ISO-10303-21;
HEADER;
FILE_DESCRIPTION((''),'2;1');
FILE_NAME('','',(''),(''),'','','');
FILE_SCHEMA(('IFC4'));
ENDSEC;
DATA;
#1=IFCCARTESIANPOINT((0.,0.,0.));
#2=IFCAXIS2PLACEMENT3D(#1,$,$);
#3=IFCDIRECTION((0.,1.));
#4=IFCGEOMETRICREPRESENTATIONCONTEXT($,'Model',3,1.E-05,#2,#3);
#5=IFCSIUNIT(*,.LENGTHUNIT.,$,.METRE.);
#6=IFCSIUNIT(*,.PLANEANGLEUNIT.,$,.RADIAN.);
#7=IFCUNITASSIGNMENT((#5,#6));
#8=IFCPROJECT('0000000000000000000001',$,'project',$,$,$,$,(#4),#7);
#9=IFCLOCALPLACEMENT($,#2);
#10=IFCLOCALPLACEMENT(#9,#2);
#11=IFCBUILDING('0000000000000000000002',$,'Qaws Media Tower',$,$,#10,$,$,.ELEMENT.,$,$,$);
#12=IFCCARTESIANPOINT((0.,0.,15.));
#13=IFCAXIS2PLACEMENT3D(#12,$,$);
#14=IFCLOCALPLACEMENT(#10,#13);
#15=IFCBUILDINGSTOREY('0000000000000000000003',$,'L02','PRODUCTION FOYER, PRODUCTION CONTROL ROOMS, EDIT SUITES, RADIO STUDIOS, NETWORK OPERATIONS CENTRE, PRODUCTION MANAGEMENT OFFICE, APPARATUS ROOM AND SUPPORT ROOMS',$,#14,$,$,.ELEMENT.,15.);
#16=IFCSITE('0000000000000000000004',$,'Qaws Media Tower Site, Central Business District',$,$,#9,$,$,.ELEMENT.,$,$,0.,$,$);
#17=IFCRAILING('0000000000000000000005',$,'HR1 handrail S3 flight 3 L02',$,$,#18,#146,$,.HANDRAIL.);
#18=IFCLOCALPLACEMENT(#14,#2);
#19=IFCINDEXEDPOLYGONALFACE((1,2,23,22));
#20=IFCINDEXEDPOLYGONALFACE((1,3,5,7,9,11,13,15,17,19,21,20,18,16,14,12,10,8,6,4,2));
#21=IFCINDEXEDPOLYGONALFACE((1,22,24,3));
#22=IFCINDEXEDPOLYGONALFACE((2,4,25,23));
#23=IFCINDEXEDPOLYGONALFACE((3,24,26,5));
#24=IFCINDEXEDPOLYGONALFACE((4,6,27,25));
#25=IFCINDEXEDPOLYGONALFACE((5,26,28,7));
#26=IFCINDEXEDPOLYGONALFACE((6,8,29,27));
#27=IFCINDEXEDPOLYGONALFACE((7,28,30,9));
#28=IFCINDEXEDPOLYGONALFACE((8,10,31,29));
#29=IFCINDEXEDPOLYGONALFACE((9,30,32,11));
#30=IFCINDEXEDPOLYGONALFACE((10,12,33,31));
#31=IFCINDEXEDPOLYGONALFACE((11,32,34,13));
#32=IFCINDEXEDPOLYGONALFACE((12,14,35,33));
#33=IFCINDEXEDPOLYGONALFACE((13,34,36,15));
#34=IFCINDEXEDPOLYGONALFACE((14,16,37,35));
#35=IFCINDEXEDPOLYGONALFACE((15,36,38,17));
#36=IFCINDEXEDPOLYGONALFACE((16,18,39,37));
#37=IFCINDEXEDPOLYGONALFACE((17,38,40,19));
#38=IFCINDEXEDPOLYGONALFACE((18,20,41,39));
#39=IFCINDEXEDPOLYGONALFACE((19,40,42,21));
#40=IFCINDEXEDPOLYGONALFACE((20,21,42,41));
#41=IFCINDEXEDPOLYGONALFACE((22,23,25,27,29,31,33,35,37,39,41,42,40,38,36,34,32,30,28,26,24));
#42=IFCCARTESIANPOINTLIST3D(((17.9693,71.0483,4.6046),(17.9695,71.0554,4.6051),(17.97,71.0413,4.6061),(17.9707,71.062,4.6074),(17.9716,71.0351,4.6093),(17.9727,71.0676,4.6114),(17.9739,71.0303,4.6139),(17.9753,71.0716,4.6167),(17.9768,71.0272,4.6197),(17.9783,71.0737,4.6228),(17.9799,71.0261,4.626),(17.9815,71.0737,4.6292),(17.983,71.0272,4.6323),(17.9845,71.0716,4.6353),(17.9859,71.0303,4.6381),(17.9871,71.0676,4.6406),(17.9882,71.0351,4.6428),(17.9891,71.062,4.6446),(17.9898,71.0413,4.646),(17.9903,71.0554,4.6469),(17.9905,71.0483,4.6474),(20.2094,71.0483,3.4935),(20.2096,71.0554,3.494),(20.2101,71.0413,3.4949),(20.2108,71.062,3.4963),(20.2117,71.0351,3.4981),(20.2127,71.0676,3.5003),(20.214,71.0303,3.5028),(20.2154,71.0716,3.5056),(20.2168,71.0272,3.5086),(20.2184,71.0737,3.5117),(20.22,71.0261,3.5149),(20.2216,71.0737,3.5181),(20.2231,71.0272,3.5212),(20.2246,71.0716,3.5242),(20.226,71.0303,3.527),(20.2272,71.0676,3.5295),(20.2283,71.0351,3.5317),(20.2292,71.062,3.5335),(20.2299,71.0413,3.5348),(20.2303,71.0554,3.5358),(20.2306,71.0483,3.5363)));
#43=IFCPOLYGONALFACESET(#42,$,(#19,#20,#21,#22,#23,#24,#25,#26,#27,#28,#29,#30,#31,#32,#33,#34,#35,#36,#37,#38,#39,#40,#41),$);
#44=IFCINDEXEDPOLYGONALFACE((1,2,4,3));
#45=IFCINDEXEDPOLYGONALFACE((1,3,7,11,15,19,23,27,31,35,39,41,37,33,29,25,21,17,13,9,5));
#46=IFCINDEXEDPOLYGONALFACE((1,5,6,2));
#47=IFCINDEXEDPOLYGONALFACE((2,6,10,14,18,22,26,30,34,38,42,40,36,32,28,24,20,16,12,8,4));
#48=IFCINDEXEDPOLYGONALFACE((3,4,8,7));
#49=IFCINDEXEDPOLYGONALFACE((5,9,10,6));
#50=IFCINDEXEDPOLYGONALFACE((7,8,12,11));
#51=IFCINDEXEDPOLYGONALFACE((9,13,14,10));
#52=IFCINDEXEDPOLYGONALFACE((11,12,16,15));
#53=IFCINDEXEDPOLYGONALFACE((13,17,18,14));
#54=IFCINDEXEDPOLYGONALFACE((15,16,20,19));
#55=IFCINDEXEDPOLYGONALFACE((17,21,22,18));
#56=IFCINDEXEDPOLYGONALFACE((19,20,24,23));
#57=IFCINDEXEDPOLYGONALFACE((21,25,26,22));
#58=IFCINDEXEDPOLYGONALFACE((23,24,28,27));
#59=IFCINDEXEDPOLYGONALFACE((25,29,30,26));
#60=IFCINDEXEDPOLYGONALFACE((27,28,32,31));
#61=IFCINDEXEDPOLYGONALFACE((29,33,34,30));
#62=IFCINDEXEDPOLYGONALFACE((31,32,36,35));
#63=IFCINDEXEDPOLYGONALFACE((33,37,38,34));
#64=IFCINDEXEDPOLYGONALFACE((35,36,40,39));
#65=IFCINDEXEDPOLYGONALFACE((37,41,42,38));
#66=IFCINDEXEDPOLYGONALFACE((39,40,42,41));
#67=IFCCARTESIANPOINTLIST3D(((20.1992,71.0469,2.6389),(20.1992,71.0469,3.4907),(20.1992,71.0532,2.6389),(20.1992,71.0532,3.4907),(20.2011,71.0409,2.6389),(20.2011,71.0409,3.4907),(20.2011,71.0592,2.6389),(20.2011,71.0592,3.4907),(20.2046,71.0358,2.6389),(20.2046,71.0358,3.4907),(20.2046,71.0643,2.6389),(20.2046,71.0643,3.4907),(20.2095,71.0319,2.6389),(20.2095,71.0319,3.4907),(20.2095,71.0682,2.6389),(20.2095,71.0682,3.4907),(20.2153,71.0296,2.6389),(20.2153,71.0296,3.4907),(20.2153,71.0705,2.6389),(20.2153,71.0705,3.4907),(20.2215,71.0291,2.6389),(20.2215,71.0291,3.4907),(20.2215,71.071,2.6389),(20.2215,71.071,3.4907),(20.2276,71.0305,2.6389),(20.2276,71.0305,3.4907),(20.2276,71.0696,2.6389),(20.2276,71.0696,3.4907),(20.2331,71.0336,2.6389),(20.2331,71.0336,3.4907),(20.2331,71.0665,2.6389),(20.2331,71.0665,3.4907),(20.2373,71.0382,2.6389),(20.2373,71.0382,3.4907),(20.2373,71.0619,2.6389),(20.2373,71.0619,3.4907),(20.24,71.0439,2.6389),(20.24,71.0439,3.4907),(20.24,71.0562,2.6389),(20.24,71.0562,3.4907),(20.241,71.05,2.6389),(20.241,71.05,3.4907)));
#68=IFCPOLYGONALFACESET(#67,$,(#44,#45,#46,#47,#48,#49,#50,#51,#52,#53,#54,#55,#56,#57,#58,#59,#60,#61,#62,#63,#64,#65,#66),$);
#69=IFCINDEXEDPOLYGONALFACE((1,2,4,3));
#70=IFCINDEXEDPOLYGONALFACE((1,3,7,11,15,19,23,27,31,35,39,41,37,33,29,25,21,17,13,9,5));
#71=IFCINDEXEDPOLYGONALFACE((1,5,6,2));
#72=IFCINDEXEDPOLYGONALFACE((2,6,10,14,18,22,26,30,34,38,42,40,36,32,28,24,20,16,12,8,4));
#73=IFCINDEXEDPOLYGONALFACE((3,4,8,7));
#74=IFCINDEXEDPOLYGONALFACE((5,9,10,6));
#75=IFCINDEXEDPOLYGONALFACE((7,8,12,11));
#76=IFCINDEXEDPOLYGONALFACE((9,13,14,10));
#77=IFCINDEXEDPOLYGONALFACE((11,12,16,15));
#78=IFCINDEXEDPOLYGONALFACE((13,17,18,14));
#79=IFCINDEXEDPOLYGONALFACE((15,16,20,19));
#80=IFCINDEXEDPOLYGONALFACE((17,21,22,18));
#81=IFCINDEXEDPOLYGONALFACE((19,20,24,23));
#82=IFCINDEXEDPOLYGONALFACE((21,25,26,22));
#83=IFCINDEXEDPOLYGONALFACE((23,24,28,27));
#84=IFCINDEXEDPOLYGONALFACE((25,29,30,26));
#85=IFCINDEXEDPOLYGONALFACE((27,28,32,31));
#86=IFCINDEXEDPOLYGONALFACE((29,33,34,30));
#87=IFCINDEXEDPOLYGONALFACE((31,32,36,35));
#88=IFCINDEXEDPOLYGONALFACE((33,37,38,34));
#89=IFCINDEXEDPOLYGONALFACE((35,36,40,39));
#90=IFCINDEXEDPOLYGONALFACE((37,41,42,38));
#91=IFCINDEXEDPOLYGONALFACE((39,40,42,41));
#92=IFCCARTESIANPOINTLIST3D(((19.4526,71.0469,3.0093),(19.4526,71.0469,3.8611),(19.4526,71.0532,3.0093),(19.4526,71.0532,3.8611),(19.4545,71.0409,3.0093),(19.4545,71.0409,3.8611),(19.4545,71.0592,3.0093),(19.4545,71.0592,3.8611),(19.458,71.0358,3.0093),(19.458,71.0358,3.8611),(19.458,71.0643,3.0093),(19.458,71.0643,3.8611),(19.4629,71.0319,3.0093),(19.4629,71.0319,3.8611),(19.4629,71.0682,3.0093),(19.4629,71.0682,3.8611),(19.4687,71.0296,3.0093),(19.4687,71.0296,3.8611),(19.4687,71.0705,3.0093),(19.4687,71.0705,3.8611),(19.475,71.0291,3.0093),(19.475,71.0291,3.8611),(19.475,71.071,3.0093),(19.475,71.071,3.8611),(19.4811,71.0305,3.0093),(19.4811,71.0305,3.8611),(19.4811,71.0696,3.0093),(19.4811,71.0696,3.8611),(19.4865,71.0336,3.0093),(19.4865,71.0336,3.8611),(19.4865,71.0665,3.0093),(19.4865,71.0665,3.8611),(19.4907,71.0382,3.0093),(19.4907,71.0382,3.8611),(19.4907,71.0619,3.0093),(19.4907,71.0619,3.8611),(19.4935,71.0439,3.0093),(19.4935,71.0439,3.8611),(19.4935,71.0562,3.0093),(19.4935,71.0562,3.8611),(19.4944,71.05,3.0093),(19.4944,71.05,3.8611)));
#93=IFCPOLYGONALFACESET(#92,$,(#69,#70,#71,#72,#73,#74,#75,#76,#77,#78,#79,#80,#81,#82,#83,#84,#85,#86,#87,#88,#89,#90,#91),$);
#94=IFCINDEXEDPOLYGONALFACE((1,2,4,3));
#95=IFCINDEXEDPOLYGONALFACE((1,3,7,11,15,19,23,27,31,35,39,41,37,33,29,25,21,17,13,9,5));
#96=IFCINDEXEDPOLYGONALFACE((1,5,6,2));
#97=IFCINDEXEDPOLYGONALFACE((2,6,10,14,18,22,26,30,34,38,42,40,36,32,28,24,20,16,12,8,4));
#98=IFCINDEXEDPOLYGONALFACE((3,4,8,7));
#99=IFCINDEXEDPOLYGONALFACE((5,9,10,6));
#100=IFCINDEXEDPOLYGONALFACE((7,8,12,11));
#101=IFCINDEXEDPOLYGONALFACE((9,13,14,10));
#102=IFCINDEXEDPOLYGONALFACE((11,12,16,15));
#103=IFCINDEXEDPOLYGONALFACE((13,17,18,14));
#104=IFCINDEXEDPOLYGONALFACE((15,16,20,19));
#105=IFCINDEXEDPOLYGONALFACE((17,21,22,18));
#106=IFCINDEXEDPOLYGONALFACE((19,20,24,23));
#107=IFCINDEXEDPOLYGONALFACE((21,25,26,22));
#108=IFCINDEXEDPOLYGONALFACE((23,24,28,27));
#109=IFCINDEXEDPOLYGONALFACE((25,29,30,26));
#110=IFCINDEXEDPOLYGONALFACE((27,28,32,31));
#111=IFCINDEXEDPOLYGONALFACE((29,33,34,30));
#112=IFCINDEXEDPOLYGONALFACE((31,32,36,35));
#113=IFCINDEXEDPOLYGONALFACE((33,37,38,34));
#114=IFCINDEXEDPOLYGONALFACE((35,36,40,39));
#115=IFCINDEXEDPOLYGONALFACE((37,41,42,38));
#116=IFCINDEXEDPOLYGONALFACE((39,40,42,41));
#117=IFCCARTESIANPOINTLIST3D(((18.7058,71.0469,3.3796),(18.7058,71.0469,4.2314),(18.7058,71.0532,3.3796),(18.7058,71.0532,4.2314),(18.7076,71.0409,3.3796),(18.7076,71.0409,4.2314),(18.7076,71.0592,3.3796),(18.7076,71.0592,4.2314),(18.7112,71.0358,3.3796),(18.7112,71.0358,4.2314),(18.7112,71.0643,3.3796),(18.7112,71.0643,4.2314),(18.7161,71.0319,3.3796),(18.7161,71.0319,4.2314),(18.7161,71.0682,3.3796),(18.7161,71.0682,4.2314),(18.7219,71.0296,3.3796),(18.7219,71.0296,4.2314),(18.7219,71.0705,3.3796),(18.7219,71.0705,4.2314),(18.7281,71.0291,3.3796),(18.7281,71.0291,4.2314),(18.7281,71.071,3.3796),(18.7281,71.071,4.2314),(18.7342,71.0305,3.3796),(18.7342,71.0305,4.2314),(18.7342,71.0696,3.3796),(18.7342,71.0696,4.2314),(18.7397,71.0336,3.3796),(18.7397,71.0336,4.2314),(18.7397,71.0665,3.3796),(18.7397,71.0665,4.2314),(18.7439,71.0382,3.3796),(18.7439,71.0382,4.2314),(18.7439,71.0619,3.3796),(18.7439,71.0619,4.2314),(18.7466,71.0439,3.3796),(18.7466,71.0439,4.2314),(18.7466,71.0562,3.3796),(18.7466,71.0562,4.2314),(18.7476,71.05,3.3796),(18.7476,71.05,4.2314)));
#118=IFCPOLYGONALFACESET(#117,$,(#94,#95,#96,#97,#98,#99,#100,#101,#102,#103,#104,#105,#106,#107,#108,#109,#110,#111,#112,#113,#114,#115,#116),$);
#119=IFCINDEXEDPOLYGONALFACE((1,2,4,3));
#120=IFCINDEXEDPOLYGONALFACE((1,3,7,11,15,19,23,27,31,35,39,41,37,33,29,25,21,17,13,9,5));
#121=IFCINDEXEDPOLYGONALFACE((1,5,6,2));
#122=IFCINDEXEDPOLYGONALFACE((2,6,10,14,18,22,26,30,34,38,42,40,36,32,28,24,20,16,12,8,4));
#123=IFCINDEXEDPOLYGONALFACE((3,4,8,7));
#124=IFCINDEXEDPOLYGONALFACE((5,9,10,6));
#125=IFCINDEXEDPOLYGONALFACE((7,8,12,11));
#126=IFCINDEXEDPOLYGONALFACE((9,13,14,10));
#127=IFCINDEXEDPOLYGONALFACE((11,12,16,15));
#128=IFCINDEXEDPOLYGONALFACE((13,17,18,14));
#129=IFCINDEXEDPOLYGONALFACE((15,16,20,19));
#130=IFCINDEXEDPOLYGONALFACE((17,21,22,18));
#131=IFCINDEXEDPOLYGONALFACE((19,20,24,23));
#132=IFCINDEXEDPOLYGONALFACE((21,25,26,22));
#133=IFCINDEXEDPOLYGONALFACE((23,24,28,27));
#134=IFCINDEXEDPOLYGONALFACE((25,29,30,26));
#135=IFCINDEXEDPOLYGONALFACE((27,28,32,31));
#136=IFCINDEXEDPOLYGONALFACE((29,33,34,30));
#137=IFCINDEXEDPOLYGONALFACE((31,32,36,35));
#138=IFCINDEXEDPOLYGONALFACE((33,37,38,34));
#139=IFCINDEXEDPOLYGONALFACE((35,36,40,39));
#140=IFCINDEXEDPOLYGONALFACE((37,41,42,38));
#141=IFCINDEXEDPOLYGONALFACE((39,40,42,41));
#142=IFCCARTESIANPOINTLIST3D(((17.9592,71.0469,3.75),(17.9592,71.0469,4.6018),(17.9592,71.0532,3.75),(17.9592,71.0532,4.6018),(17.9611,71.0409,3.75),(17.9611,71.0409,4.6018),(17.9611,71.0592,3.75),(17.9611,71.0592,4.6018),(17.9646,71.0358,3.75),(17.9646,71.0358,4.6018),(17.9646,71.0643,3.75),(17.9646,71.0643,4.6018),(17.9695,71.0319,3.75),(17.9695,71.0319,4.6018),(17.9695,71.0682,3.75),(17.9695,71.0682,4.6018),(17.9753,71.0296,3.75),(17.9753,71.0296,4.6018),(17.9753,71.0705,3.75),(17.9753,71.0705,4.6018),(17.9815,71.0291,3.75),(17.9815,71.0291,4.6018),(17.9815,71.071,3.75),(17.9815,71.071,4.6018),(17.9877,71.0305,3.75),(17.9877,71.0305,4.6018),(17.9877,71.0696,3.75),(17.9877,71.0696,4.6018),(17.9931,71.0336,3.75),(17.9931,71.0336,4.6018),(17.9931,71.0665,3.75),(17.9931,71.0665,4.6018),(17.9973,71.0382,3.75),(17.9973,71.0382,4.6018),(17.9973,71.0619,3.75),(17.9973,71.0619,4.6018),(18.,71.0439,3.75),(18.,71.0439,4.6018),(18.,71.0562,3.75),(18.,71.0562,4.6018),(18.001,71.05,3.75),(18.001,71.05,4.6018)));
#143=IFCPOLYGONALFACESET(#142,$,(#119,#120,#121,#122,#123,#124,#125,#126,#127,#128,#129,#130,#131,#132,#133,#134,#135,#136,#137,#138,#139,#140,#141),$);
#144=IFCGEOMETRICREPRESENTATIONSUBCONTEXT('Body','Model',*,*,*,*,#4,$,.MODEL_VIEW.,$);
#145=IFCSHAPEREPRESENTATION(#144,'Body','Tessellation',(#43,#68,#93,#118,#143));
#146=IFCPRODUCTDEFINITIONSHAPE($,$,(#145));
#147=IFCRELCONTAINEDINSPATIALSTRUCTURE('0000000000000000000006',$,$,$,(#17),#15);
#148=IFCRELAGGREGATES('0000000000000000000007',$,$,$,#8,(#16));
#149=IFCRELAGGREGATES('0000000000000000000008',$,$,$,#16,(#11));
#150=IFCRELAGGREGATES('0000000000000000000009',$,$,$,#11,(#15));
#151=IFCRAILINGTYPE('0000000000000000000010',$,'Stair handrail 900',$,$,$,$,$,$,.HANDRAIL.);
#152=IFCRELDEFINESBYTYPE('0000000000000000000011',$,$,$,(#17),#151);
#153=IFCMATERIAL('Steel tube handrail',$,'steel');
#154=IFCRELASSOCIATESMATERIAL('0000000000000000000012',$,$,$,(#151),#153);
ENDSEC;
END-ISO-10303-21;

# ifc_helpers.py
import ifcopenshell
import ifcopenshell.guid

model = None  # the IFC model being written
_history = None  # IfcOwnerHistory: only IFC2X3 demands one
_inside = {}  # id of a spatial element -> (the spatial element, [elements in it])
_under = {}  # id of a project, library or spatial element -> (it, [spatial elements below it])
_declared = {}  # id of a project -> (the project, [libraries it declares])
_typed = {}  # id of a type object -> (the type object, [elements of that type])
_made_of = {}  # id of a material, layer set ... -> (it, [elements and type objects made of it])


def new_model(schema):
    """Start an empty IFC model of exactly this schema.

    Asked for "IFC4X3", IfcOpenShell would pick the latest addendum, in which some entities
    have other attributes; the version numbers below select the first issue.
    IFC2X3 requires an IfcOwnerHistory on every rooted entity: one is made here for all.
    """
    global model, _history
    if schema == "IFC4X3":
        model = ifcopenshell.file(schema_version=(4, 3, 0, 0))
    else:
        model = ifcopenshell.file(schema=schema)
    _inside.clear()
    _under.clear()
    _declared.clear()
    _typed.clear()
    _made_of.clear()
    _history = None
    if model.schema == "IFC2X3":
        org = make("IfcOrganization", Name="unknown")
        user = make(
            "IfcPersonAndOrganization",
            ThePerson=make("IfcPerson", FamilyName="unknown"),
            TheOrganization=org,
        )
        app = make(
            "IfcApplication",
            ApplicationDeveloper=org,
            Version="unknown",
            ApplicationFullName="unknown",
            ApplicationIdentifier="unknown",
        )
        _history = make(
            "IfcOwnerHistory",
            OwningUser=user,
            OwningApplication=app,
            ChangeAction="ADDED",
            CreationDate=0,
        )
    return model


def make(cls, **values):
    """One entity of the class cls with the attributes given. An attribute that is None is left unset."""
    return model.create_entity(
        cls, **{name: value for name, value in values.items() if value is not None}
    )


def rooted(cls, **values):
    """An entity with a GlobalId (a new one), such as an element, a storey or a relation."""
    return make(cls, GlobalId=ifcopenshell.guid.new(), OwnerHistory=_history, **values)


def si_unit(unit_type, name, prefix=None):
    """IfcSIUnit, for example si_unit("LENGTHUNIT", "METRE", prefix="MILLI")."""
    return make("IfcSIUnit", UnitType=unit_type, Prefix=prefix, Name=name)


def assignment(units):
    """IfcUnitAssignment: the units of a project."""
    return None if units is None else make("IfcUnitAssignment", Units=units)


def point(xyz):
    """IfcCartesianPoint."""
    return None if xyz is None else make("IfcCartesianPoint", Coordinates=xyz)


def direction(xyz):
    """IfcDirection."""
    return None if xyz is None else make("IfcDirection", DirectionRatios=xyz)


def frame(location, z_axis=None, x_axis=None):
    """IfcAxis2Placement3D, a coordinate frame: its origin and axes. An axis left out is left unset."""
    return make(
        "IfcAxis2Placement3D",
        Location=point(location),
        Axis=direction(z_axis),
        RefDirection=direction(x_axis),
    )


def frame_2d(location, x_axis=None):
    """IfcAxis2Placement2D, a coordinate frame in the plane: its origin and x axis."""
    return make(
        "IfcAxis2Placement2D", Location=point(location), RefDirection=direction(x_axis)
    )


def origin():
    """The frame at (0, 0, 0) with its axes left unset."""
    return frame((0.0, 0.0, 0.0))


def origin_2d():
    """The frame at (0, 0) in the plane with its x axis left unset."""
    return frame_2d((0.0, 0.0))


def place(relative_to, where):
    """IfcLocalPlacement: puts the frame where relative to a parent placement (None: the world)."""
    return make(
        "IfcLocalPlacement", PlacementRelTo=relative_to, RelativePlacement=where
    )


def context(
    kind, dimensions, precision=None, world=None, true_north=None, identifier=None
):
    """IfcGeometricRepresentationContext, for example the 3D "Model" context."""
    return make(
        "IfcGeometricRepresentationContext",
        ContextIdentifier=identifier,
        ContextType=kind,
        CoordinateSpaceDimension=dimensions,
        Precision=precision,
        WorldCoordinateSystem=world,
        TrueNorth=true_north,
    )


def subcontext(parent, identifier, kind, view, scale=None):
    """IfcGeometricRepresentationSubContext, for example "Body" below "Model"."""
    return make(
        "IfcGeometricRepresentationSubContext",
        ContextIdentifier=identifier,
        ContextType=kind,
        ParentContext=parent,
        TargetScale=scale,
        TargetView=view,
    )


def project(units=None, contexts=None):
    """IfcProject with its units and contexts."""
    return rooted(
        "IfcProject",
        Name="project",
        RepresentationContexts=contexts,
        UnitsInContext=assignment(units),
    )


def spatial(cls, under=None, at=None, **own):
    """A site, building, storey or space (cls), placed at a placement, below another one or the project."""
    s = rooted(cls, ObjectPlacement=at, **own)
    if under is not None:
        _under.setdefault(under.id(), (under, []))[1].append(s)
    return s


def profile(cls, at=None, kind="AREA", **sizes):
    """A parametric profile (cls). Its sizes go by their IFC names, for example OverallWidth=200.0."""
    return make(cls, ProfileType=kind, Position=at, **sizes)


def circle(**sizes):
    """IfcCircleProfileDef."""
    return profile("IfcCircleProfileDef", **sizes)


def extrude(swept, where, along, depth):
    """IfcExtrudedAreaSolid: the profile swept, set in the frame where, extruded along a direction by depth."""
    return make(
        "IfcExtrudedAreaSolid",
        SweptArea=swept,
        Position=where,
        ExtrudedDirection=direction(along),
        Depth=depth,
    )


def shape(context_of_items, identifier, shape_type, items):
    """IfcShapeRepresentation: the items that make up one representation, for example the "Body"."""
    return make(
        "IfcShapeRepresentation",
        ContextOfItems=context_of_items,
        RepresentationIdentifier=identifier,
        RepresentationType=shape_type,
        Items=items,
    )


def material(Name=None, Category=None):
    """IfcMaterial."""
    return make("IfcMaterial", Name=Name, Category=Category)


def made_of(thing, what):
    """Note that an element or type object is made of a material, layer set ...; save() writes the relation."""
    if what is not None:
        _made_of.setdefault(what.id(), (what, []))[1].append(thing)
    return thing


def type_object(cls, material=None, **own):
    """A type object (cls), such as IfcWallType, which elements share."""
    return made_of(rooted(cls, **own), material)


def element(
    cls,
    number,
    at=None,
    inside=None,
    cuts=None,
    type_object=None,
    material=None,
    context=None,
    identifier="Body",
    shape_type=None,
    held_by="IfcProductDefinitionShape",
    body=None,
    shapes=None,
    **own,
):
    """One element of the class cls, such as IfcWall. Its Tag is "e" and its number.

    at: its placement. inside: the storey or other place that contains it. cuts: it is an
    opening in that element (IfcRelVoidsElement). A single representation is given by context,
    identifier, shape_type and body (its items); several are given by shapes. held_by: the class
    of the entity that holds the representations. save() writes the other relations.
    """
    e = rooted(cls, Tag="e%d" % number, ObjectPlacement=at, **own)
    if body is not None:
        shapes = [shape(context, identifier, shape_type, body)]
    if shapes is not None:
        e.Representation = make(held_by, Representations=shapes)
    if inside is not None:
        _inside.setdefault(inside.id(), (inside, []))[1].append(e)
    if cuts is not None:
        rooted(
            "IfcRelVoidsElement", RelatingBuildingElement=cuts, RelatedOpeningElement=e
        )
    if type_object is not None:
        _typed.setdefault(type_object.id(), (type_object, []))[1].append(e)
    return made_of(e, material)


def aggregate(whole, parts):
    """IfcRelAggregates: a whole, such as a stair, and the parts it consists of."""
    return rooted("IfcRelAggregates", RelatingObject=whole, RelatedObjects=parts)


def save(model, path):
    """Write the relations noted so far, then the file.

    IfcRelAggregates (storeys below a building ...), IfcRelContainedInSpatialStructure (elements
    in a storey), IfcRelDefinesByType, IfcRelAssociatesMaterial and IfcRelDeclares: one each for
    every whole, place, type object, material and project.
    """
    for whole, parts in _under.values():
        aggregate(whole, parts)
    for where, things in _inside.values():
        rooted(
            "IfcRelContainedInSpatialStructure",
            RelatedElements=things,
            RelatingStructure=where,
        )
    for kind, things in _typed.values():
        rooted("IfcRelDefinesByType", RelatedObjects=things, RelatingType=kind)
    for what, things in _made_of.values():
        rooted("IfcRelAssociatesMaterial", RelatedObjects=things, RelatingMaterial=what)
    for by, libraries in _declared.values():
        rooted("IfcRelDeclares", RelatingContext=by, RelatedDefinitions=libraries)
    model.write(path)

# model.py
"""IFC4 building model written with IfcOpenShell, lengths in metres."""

from ifc_helpers import new_model, si_unit, direction, frame, origin, origin_2d, place, context, subcontext, project, spatial, circle, extrude, material, type_object, element, save


model = new_model("IFC4")

# Units and contexts
model_context = context("Model", 3, precision=1e-05, world=origin(), true_north=direction((0.0, 1.0)))
body_context = subcontext(model_context, "Body", "Model", "MODEL_VIEW")
ifc_project = project(units=[si_unit("LENGTHUNIT", "METRE"), si_unit("PLANEANGLEUNIT", "RADIAN")], contexts=[model_context])

# Site, building, storey
site_placement = place(None, origin())
site = spatial("IfcSite", under=ifc_project, at=site_placement, Name="Qaws Media Tower Site, Central Business District", CompositionType="ELEMENT", RefElevation=0.0)
building_placement = place(site_placement, origin())
building = spatial("IfcBuilding", under=site, at=building_placement, Name="Qaws Media Tower", CompositionType="ELEMENT")
storey_placement = place(building_placement, frame((0.0, 0.0, 15.0)))
storey = spatial("IfcBuildingStorey", under=building, at=storey_placement, Name="L02", Description="PRODUCTION FOYER, PRODUCTION CONTROL ROOMS, EDIT SUITES, RADIO STUDIOS, NETWORK OPERATIONS CENTRE, PRODUCTION MANAGEMENT OFFICE, APPARATUS ROOM AND SUPPORT ROOMS", CompositionType="ELEMENT", Elevation=15.0)

# Railing
ifc_material_1 = material(Name="Steel tube handrail", Category="steel")
railing_type = type_object("IfcRailingType", Name="Stair handrail 900", PredefinedType="HANDRAIL", material=ifc_material_1)
for number, where, name in (
    (1, (20.22, 71.05, 2.6389), "HR1 handrail S3 flight 3 L02"),
):
    element("IfcRailing", number, at=place(storey_placement, frame(where)), inside=storey, type_object=railing_type, Name=name, PredefinedType="HANDRAIL", context=body_context, shape_type="SweptSolid", body=[
        extrude(circle(Radius=0.0239, at=origin_2d()), frame((0.0, 0.0, 0.876), z_axis=(-0.895848, 0.0, 0.44436), x_axis=(0.0, -1.0, 0.0)), (0.0, 0.0, 1.0), 2.5005),
        extrude(circle(Radius=0.021, at=origin_2d()), origin(), (0.0, 0.0, 1.0), 0.8518),
        extrude(circle(Radius=0.021, at=origin_2d()), frame((-0.7466, 0.0, 0.3704)), (0.0, 0.0, 1.0), 0.8518),
        extrude(circle(Radius=0.021, at=origin_2d()), frame((-1.4934, 0.0, 0.7407)), (0.0, 0.0, 1.0), 0.8518),
        extrude(circle(Radius=0.021, at=origin_2d()), frame((-2.24, 0.0, 1.1111)), (0.0, 0.0, 1.0), 0.8518),
    ])

save(model, "model.ifc")
